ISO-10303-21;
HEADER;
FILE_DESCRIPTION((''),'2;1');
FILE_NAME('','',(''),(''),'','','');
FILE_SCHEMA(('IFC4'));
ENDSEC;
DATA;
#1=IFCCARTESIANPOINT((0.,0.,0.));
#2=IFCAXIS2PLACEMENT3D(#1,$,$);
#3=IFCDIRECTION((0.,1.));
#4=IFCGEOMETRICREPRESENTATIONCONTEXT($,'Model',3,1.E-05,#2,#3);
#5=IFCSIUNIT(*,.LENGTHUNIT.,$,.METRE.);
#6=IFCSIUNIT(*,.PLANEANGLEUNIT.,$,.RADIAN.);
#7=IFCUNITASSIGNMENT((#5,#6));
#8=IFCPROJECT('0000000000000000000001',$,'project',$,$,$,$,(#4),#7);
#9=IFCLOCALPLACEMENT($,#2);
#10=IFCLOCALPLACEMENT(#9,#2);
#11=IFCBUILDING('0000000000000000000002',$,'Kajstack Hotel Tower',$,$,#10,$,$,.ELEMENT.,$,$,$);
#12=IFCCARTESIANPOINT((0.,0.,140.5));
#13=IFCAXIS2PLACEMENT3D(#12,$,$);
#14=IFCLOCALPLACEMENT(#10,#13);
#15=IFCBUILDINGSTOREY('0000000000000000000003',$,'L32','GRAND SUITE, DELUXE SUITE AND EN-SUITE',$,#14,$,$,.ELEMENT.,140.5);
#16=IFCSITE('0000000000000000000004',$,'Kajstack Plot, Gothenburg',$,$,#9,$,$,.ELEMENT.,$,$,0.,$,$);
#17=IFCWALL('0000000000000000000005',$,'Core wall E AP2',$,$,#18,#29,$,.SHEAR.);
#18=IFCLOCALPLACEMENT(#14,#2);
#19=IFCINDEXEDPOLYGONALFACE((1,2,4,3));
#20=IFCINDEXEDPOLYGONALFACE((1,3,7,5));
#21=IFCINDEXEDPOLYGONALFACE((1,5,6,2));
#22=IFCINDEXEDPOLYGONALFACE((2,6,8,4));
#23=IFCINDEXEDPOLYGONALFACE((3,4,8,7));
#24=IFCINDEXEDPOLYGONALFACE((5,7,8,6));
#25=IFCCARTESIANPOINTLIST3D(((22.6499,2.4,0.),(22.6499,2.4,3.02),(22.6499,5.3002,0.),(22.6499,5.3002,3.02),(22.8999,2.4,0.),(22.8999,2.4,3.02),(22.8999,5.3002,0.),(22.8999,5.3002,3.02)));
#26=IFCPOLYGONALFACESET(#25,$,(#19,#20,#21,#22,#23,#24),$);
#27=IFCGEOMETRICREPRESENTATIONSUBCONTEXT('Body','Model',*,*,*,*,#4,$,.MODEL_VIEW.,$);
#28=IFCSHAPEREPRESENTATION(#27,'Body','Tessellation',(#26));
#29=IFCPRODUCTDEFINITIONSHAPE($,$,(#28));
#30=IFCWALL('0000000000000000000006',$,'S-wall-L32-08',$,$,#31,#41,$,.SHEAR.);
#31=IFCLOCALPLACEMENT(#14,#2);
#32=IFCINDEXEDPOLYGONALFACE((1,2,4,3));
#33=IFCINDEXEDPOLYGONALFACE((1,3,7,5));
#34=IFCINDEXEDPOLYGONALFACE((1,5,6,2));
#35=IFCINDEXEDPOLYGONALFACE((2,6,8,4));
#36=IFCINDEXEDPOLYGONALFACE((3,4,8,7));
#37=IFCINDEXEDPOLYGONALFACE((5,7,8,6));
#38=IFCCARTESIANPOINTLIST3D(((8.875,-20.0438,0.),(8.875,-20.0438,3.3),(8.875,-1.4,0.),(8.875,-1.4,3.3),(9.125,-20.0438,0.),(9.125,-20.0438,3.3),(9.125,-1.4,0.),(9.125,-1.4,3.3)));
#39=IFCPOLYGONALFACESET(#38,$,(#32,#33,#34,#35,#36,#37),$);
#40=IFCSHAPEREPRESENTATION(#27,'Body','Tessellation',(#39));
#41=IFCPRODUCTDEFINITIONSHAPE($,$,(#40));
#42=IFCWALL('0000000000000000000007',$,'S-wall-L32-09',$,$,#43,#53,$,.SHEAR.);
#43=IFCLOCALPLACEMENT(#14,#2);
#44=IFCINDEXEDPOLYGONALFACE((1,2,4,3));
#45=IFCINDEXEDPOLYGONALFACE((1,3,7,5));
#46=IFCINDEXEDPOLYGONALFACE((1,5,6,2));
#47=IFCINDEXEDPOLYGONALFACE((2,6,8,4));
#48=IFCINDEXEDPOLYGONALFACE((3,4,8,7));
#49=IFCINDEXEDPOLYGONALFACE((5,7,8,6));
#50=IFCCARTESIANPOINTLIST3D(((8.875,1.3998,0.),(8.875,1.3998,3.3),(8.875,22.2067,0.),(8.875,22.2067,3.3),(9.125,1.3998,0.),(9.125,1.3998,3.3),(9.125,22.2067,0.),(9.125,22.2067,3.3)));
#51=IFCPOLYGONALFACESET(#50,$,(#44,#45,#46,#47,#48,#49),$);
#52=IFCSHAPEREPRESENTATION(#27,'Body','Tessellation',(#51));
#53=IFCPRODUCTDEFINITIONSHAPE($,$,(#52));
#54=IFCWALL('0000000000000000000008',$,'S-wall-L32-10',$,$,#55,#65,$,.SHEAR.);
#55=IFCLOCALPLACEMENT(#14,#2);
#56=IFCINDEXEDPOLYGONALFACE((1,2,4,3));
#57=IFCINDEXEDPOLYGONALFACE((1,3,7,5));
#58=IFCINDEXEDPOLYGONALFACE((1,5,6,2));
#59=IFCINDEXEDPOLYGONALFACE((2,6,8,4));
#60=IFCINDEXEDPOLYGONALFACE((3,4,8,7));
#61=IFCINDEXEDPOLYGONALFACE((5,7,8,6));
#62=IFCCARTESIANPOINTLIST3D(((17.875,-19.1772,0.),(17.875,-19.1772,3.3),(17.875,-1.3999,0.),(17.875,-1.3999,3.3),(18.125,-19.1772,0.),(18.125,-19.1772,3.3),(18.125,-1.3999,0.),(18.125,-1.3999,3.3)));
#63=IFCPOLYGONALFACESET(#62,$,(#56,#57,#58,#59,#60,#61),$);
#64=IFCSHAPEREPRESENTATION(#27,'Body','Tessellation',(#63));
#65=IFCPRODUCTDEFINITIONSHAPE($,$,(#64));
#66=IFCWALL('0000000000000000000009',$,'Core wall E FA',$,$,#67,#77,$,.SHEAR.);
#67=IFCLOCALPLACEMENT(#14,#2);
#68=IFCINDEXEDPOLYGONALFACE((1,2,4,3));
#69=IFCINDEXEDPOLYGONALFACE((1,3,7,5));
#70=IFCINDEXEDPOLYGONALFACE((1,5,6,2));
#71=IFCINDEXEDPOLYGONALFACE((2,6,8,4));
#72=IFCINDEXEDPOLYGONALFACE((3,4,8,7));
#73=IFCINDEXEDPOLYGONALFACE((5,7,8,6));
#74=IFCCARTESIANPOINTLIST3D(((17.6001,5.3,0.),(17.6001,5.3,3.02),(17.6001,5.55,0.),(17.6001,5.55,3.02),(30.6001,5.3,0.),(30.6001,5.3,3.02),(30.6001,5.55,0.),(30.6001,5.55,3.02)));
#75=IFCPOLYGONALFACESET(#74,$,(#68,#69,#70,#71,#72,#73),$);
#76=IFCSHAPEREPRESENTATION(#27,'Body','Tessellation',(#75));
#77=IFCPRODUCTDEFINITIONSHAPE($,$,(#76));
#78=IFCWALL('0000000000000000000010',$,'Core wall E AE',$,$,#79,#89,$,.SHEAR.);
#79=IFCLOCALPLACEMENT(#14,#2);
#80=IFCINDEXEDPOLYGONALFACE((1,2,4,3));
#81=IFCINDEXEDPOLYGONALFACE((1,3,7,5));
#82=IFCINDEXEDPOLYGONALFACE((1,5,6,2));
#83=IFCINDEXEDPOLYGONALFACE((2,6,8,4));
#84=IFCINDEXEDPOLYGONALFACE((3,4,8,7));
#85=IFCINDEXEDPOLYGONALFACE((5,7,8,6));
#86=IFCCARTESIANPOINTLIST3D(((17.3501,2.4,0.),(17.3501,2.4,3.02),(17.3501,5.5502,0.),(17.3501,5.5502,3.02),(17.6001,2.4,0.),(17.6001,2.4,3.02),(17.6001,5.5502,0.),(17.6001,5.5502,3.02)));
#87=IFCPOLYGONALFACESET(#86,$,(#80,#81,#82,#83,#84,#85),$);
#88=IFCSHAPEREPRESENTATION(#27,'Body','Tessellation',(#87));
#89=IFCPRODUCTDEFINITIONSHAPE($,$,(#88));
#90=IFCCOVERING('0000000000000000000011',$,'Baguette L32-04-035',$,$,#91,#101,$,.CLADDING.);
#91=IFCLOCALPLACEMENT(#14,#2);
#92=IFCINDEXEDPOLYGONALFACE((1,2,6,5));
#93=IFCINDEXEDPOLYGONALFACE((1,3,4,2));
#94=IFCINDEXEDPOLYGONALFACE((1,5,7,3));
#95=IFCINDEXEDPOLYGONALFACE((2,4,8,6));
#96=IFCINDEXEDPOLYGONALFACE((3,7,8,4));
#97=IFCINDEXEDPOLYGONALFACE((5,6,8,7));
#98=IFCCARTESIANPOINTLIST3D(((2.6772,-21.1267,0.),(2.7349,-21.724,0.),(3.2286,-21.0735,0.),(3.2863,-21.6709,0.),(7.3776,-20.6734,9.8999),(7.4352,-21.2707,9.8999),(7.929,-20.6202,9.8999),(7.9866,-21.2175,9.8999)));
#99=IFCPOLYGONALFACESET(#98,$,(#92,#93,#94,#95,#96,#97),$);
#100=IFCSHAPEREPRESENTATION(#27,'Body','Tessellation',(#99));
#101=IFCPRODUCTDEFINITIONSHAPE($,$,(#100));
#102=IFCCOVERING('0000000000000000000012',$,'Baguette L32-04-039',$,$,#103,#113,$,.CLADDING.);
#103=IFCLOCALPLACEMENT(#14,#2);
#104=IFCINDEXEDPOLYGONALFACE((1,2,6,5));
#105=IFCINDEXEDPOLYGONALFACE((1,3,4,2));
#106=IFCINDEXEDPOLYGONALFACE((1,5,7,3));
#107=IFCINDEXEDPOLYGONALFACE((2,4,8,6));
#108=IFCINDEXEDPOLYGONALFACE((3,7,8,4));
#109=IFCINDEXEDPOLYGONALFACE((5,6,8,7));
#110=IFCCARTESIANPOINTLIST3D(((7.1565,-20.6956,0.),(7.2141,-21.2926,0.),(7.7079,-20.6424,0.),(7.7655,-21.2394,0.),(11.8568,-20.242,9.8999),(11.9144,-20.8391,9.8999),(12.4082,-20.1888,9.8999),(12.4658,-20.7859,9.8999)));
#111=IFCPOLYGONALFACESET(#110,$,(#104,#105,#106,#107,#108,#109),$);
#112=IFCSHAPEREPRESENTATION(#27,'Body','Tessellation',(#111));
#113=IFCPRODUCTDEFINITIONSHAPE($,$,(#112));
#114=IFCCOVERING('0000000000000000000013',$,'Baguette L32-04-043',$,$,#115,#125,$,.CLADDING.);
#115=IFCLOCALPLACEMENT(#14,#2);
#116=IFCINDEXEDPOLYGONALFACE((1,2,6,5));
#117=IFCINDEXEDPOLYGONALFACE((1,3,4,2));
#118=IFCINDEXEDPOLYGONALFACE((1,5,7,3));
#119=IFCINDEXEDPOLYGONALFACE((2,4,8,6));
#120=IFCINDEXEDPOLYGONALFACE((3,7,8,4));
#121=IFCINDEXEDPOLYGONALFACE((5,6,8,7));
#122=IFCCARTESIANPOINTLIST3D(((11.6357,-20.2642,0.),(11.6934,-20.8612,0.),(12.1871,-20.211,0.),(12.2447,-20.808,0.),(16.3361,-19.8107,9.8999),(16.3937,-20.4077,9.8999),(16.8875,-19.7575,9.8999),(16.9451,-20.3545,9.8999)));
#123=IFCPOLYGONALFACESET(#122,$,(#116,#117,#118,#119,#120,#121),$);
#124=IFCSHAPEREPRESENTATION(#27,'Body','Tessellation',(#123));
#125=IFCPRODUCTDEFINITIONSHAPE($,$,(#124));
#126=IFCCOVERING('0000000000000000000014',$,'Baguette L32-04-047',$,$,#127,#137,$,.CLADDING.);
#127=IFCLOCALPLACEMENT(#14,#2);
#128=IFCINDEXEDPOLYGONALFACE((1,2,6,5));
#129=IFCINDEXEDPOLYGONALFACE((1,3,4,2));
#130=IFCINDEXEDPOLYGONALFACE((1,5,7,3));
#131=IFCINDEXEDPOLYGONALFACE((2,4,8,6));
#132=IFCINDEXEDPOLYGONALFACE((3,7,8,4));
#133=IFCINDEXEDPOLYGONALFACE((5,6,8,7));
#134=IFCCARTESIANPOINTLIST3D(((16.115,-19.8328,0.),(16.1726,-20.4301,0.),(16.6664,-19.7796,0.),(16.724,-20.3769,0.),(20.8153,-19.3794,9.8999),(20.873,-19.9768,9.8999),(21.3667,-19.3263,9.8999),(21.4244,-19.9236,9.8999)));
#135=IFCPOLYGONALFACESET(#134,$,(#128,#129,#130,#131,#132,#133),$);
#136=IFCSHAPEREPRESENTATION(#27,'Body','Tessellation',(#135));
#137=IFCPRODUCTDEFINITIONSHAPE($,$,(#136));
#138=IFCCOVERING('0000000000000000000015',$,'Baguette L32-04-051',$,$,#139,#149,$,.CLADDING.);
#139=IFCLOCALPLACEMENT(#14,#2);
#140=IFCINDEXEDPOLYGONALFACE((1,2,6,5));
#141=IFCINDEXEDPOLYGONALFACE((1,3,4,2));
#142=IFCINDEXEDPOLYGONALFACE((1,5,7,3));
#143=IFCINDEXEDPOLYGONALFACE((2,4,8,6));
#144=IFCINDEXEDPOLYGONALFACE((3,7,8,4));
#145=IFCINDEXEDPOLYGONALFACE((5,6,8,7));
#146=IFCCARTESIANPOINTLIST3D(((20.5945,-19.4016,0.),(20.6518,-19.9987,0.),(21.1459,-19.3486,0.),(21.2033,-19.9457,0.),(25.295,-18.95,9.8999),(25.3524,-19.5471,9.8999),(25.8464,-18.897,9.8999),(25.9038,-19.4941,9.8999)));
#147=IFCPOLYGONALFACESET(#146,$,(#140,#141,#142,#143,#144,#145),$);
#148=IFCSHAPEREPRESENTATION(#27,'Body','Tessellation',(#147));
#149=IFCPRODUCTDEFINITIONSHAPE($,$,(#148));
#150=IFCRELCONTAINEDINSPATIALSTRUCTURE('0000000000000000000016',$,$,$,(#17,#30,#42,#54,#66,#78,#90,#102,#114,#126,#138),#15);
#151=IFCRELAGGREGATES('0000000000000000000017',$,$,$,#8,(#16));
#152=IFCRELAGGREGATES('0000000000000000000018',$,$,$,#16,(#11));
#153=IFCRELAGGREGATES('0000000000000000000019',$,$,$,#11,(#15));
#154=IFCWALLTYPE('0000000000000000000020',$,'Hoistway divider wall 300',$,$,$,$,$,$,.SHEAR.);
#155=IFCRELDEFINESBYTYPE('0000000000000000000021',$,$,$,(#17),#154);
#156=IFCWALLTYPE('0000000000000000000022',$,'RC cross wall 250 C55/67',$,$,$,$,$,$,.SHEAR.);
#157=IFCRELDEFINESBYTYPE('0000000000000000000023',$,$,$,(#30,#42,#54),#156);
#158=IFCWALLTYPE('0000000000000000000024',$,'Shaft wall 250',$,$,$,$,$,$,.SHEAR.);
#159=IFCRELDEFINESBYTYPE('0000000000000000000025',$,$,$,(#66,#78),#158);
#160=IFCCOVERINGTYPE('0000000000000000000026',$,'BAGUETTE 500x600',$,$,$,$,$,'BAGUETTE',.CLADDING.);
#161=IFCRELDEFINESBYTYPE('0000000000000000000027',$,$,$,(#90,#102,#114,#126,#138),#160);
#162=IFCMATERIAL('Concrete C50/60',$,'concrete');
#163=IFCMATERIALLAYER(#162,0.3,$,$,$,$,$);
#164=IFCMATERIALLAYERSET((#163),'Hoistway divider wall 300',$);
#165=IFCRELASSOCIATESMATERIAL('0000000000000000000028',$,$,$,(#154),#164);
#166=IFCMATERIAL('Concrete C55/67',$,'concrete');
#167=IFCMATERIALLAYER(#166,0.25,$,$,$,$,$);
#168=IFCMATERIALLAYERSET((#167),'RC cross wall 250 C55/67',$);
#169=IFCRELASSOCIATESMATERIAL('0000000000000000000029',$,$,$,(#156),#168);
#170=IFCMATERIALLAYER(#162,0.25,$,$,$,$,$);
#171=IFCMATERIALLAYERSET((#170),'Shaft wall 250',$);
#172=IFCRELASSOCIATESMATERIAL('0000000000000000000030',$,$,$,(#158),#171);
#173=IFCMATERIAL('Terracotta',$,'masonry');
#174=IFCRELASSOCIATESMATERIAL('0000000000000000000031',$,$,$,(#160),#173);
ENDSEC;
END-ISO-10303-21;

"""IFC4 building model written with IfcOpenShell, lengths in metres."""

from ifc_helpers import new_model, si_unit, direction, frame, frame_2d, origin, origin_2d, place, context, subcontext, project, spatial, polyline, rectangle, outline, extrude, material, layer, layer_set, material_profile, profile_set, type_object, element, save


model = new_model("IFC4")

# Units and contexts
model_context = context("Model", 3, precision=1e-05, world=origin(), true_north=direction((0.0, 1.0)))
body_context = subcontext(model_context, "Body", "Model", "MODEL_VIEW")
ifc_project = project(units=[si_unit("LENGTHUNIT", "METRE"), si_unit("PLANEANGLEUNIT", "RADIAN")], contexts=[model_context])

# Site, building, storey
site_placement = place(None, origin())
site = spatial("IfcSite", under=ifc_project, at=site_placement, Name="Kajstack Plot, Gothenburg", CompositionType="ELEMENT", RefElevation=0.0)
building_placement = place(site_placement, origin())
building = spatial("IfcBuilding", under=site, at=building_placement, Name="Kajstack Hotel Tower", CompositionType="ELEMENT")
storey_placement = place(building_placement, frame((0.0, 0.0, 140.5)))
storey = spatial("IfcBuildingStorey", under=building, at=storey_placement, Name="L32", Description="GRAND SUITE, DELUXE SUITE AND EN-SUITE", CompositionType="ELEMENT", Elevation=140.5)

# Walls
ifc_material_1 = material(Name="Concrete C50/60", Category="concrete")
ifc_layer_1 = layer(ifc_material_1, 0.3)
ifc_layer_set_1 = layer_set([ifc_layer_1], Name="Hoistway divider wall 300")
wall_type_1 = type_object("IfcWallType", Name="Hoistway divider wall 300", PredefinedType="SHEAR", material=ifc_layer_set_1)
wall_1_placement = place(storey_placement, frame((22.7749, 2.3999, 0.0), z_axis=(0.0, 0.0, 1.0), x_axis=(0.0, 1.0, 0.0)))
element("IfcWall", 1, at=wall_1_placement, inside=storey, type_object=wall_type_1, Name="Core wall E AP2", PredefinedType="SHEAR", context=body_context, shape_type="SweptSolid", body=[
    extrude(rectangle(XDim=2.9001, YDim=0.25, at=frame_2d((1.4502, 0.0))), origin(), (0.0, 0.0, 1.0), 3.02),
])
ifc_material_2 = material(Name="Concrete C55/67", Category="concrete")
ifc_layer_2 = layer(ifc_material_2, 0.25)
ifc_layer_set_2 = layer_set([ifc_layer_2], Name="RC cross wall 250 C55/67")
wall_type_2 = type_object("IfcWallType", Name="RC cross wall 250 C55/67", PredefinedType="SHEAR", material=ifc_layer_set_2)
wall_2_placement = place(storey_placement, frame((9.0, -20.0437, 0.0), z_axis=(0.0, 0.0, 1.0), x_axis=(0.0, 1.0, 0.0)))
element("IfcWall", 2, at=wall_2_placement, inside=storey, type_object=wall_type_2, Name="S-wall-L32-08", PredefinedType="SHEAR", context=body_context, shape_type="SweptSolid", body=[
    extrude(rectangle(XDim=18.6438, YDim=0.25, at=frame_2d((9.3218, 0.0))), origin(), (0.0, 0.0, 1.0), 3.3),
])
wall_3_placement = place(storey_placement, frame((9.0, 1.3999, 0.0), z_axis=(0.0, 0.0, 1.0), x_axis=(0.0, 1.0, 0.0)))
element("IfcWall", 3, at=wall_3_placement, inside=storey, type_object=wall_type_2, Name="S-wall-L32-09", PredefinedType="SHEAR", context=body_context, shape_type="SweptSolid", body=[
    extrude(rectangle(XDim=20.8069, YDim=0.25, at=frame_2d((10.4033, 0.0))), origin(), (0.0, 0.0, 1.0), 3.3),
])
wall_4_placement = place(storey_placement, frame((18.0, -19.1772, 0.0), z_axis=(0.0, 0.0, 1.0), x_axis=(0.0, 1.0, 0.0)))
element("IfcWall", 4, at=wall_4_placement, inside=storey, type_object=wall_type_2, Name="S-wall-L32-10", PredefinedType="SHEAR", context=body_context, shape_type="SweptSolid", body=[
    extrude(rectangle(XDim=17.7773, YDim=0.25, at=frame_2d((8.8887, 0.0))), origin(), (0.0, 0.0, 1.0), 3.3),
])
ifc_layer_3 = layer(ifc_material_1, 0.25)
ifc_layer_set_3 = layer_set([ifc_layer_3], Name="Shaft wall 250")
wall_type_3 = type_object("IfcWallType", Name="Shaft wall 250", PredefinedType="SHEAR", material=ifc_layer_set_3)
wall_5_placement = place(storey_placement, frame((17.6001, 5.425, 0.0), z_axis=(0.0, 0.0, 1.0), x_axis=(1.0, 0.0, 0.0)))
element("IfcWall", 5, at=wall_5_placement, inside=storey, type_object=wall_type_3, Name="Core wall E FA", PredefinedType="SHEAR", context=body_context, shape_type="SweptSolid", body=[
    extrude(rectangle(XDim=13.0, YDim=0.25, at=frame_2d((6.5, 0.0))), origin(), (0.0, 0.0, 1.0), 3.02),
])
wall_6_placement = place(storey_placement, frame((17.4751, 2.3999, 0.0), z_axis=(0.0, 0.0, 1.0), x_axis=(0.0, 1.0, 0.0)))
element("IfcWall", 6, at=wall_6_placement, inside=storey, type_object=wall_type_3, Name="Core wall E AE", PredefinedType="SHEAR", context=body_context, shape_type="SweptSolid", body=[
    extrude(rectangle(XDim=3.1501, YDim=0.25, at=frame_2d((1.5752, 0.0))), origin(), (0.0, 0.0, 1.0), 3.02),
])

# Coverings
ifc_material_3 = material(Name="Terracotta", Category="masonry")
ifc_material_profile = material_profile(ifc_material_3, rectangle(XDim=0.6001, YDim=0.5, at=origin_2d()), Name="Terracotta-clad concrete baguette 500 x 600")
ifc_profile_set = profile_set([ifc_material_profile], Name="Terracotta")
covering_type = type_object("IfcCoveringType", Name="BAGUETTE 500x600", ElementType="BAGUETTE", PredefinedType="CLADDING", material=ifc_profile_set)
covering_1_placement = place(storey_placement, frame((2.6772, -21.1267, 0.0), z_axis=(0.095999, -0.995381, 0.0), x_axis=(0.995381, 0.095999, 0.0)))
element("IfcCovering", 7, at=covering_1_placement, inside=storey, type_object=covering_type, Name="Baguette L32-04-035", PredefinedType="CLADDING", context=body_context, shape_type="SweptSolid", body=[
    extrude(outline(polyline([(4.7222, 9.8999), (0.0, 0.0), (0.554, 0.0), (5.2761, 9.8999), (4.7222, 9.8999)])), origin(), (0.0, 0.0, 1.0), 0.6001),
])
for number, where, z_axis, x_axis, name in (
    (8, (7.1565, -20.6956, 0.0), (0.096038, -0.995378, 0.0), (0.995378, 0.096038, 0.0), "Baguette L32-04-039"),
    (9, (11.6357, -20.2642, 0.0), (0.096038, -0.995378, 0.0), (0.995378, 0.096038, 0.0), "Baguette L32-04-043"),
):
    element("IfcCovering", number, at=place(storey_placement, frame(where, z_axis=z_axis, x_axis=x_axis)), inside=storey, type_object=covering_type, Name=name, PredefinedType="CLADDING", context=body_context, shape_type="SweptSolid", body=[
        extrude(outline(polyline([(4.7222, 9.8999), (0.0, 0.0), (0.554, 0.0), (5.2761, 9.8999), (4.7222, 9.8999)])), origin(), (0.0, 0.0, 1.0), 0.5999),
    ])
covering_2_placement = place(storey_placement, frame((16.115, -19.8328, 0.0), z_axis=(0.095999, -0.995381, 0.0), x_axis=(0.995381, 0.095999, 0.0)))
element("IfcCovering", 10, at=covering_2_placement, inside=storey, type_object=covering_type, Name="Baguette L32-04-047", PredefinedType="CLADDING", context=body_context, shape_type="SweptSolid", body=[
    extrude(outline(polyline([(4.7222, 9.8999), (0.0, 0.0), (0.554, 0.0), (5.2761, 9.8999), (4.7222, 9.8999)])), origin(), (0.0, 0.0, 1.0), 0.6001),
])
covering_3_placement = place(storey_placement, frame((20.5945, -19.4016, 0.0), z_axis=(0.095635, -0.995416, 0.0), x_axis=(0.995416, 0.095635, 0.0)))
element("IfcCovering", 11, at=covering_3_placement, inside=storey, type_object=covering_type, Name="Baguette L32-04-051", PredefinedType="CLADDING", context=body_context, shape_type="SweptSolid", body=[
    extrude(outline(polyline([(4.7222, 9.8999), (0.0, 0.0), (0.554, 0.0), (5.2761, 9.8999), (4.7222, 9.8999)])), origin(), (0.0, 0.0, 1.0), 0.5999),
])

save(model, "model.ifc")
